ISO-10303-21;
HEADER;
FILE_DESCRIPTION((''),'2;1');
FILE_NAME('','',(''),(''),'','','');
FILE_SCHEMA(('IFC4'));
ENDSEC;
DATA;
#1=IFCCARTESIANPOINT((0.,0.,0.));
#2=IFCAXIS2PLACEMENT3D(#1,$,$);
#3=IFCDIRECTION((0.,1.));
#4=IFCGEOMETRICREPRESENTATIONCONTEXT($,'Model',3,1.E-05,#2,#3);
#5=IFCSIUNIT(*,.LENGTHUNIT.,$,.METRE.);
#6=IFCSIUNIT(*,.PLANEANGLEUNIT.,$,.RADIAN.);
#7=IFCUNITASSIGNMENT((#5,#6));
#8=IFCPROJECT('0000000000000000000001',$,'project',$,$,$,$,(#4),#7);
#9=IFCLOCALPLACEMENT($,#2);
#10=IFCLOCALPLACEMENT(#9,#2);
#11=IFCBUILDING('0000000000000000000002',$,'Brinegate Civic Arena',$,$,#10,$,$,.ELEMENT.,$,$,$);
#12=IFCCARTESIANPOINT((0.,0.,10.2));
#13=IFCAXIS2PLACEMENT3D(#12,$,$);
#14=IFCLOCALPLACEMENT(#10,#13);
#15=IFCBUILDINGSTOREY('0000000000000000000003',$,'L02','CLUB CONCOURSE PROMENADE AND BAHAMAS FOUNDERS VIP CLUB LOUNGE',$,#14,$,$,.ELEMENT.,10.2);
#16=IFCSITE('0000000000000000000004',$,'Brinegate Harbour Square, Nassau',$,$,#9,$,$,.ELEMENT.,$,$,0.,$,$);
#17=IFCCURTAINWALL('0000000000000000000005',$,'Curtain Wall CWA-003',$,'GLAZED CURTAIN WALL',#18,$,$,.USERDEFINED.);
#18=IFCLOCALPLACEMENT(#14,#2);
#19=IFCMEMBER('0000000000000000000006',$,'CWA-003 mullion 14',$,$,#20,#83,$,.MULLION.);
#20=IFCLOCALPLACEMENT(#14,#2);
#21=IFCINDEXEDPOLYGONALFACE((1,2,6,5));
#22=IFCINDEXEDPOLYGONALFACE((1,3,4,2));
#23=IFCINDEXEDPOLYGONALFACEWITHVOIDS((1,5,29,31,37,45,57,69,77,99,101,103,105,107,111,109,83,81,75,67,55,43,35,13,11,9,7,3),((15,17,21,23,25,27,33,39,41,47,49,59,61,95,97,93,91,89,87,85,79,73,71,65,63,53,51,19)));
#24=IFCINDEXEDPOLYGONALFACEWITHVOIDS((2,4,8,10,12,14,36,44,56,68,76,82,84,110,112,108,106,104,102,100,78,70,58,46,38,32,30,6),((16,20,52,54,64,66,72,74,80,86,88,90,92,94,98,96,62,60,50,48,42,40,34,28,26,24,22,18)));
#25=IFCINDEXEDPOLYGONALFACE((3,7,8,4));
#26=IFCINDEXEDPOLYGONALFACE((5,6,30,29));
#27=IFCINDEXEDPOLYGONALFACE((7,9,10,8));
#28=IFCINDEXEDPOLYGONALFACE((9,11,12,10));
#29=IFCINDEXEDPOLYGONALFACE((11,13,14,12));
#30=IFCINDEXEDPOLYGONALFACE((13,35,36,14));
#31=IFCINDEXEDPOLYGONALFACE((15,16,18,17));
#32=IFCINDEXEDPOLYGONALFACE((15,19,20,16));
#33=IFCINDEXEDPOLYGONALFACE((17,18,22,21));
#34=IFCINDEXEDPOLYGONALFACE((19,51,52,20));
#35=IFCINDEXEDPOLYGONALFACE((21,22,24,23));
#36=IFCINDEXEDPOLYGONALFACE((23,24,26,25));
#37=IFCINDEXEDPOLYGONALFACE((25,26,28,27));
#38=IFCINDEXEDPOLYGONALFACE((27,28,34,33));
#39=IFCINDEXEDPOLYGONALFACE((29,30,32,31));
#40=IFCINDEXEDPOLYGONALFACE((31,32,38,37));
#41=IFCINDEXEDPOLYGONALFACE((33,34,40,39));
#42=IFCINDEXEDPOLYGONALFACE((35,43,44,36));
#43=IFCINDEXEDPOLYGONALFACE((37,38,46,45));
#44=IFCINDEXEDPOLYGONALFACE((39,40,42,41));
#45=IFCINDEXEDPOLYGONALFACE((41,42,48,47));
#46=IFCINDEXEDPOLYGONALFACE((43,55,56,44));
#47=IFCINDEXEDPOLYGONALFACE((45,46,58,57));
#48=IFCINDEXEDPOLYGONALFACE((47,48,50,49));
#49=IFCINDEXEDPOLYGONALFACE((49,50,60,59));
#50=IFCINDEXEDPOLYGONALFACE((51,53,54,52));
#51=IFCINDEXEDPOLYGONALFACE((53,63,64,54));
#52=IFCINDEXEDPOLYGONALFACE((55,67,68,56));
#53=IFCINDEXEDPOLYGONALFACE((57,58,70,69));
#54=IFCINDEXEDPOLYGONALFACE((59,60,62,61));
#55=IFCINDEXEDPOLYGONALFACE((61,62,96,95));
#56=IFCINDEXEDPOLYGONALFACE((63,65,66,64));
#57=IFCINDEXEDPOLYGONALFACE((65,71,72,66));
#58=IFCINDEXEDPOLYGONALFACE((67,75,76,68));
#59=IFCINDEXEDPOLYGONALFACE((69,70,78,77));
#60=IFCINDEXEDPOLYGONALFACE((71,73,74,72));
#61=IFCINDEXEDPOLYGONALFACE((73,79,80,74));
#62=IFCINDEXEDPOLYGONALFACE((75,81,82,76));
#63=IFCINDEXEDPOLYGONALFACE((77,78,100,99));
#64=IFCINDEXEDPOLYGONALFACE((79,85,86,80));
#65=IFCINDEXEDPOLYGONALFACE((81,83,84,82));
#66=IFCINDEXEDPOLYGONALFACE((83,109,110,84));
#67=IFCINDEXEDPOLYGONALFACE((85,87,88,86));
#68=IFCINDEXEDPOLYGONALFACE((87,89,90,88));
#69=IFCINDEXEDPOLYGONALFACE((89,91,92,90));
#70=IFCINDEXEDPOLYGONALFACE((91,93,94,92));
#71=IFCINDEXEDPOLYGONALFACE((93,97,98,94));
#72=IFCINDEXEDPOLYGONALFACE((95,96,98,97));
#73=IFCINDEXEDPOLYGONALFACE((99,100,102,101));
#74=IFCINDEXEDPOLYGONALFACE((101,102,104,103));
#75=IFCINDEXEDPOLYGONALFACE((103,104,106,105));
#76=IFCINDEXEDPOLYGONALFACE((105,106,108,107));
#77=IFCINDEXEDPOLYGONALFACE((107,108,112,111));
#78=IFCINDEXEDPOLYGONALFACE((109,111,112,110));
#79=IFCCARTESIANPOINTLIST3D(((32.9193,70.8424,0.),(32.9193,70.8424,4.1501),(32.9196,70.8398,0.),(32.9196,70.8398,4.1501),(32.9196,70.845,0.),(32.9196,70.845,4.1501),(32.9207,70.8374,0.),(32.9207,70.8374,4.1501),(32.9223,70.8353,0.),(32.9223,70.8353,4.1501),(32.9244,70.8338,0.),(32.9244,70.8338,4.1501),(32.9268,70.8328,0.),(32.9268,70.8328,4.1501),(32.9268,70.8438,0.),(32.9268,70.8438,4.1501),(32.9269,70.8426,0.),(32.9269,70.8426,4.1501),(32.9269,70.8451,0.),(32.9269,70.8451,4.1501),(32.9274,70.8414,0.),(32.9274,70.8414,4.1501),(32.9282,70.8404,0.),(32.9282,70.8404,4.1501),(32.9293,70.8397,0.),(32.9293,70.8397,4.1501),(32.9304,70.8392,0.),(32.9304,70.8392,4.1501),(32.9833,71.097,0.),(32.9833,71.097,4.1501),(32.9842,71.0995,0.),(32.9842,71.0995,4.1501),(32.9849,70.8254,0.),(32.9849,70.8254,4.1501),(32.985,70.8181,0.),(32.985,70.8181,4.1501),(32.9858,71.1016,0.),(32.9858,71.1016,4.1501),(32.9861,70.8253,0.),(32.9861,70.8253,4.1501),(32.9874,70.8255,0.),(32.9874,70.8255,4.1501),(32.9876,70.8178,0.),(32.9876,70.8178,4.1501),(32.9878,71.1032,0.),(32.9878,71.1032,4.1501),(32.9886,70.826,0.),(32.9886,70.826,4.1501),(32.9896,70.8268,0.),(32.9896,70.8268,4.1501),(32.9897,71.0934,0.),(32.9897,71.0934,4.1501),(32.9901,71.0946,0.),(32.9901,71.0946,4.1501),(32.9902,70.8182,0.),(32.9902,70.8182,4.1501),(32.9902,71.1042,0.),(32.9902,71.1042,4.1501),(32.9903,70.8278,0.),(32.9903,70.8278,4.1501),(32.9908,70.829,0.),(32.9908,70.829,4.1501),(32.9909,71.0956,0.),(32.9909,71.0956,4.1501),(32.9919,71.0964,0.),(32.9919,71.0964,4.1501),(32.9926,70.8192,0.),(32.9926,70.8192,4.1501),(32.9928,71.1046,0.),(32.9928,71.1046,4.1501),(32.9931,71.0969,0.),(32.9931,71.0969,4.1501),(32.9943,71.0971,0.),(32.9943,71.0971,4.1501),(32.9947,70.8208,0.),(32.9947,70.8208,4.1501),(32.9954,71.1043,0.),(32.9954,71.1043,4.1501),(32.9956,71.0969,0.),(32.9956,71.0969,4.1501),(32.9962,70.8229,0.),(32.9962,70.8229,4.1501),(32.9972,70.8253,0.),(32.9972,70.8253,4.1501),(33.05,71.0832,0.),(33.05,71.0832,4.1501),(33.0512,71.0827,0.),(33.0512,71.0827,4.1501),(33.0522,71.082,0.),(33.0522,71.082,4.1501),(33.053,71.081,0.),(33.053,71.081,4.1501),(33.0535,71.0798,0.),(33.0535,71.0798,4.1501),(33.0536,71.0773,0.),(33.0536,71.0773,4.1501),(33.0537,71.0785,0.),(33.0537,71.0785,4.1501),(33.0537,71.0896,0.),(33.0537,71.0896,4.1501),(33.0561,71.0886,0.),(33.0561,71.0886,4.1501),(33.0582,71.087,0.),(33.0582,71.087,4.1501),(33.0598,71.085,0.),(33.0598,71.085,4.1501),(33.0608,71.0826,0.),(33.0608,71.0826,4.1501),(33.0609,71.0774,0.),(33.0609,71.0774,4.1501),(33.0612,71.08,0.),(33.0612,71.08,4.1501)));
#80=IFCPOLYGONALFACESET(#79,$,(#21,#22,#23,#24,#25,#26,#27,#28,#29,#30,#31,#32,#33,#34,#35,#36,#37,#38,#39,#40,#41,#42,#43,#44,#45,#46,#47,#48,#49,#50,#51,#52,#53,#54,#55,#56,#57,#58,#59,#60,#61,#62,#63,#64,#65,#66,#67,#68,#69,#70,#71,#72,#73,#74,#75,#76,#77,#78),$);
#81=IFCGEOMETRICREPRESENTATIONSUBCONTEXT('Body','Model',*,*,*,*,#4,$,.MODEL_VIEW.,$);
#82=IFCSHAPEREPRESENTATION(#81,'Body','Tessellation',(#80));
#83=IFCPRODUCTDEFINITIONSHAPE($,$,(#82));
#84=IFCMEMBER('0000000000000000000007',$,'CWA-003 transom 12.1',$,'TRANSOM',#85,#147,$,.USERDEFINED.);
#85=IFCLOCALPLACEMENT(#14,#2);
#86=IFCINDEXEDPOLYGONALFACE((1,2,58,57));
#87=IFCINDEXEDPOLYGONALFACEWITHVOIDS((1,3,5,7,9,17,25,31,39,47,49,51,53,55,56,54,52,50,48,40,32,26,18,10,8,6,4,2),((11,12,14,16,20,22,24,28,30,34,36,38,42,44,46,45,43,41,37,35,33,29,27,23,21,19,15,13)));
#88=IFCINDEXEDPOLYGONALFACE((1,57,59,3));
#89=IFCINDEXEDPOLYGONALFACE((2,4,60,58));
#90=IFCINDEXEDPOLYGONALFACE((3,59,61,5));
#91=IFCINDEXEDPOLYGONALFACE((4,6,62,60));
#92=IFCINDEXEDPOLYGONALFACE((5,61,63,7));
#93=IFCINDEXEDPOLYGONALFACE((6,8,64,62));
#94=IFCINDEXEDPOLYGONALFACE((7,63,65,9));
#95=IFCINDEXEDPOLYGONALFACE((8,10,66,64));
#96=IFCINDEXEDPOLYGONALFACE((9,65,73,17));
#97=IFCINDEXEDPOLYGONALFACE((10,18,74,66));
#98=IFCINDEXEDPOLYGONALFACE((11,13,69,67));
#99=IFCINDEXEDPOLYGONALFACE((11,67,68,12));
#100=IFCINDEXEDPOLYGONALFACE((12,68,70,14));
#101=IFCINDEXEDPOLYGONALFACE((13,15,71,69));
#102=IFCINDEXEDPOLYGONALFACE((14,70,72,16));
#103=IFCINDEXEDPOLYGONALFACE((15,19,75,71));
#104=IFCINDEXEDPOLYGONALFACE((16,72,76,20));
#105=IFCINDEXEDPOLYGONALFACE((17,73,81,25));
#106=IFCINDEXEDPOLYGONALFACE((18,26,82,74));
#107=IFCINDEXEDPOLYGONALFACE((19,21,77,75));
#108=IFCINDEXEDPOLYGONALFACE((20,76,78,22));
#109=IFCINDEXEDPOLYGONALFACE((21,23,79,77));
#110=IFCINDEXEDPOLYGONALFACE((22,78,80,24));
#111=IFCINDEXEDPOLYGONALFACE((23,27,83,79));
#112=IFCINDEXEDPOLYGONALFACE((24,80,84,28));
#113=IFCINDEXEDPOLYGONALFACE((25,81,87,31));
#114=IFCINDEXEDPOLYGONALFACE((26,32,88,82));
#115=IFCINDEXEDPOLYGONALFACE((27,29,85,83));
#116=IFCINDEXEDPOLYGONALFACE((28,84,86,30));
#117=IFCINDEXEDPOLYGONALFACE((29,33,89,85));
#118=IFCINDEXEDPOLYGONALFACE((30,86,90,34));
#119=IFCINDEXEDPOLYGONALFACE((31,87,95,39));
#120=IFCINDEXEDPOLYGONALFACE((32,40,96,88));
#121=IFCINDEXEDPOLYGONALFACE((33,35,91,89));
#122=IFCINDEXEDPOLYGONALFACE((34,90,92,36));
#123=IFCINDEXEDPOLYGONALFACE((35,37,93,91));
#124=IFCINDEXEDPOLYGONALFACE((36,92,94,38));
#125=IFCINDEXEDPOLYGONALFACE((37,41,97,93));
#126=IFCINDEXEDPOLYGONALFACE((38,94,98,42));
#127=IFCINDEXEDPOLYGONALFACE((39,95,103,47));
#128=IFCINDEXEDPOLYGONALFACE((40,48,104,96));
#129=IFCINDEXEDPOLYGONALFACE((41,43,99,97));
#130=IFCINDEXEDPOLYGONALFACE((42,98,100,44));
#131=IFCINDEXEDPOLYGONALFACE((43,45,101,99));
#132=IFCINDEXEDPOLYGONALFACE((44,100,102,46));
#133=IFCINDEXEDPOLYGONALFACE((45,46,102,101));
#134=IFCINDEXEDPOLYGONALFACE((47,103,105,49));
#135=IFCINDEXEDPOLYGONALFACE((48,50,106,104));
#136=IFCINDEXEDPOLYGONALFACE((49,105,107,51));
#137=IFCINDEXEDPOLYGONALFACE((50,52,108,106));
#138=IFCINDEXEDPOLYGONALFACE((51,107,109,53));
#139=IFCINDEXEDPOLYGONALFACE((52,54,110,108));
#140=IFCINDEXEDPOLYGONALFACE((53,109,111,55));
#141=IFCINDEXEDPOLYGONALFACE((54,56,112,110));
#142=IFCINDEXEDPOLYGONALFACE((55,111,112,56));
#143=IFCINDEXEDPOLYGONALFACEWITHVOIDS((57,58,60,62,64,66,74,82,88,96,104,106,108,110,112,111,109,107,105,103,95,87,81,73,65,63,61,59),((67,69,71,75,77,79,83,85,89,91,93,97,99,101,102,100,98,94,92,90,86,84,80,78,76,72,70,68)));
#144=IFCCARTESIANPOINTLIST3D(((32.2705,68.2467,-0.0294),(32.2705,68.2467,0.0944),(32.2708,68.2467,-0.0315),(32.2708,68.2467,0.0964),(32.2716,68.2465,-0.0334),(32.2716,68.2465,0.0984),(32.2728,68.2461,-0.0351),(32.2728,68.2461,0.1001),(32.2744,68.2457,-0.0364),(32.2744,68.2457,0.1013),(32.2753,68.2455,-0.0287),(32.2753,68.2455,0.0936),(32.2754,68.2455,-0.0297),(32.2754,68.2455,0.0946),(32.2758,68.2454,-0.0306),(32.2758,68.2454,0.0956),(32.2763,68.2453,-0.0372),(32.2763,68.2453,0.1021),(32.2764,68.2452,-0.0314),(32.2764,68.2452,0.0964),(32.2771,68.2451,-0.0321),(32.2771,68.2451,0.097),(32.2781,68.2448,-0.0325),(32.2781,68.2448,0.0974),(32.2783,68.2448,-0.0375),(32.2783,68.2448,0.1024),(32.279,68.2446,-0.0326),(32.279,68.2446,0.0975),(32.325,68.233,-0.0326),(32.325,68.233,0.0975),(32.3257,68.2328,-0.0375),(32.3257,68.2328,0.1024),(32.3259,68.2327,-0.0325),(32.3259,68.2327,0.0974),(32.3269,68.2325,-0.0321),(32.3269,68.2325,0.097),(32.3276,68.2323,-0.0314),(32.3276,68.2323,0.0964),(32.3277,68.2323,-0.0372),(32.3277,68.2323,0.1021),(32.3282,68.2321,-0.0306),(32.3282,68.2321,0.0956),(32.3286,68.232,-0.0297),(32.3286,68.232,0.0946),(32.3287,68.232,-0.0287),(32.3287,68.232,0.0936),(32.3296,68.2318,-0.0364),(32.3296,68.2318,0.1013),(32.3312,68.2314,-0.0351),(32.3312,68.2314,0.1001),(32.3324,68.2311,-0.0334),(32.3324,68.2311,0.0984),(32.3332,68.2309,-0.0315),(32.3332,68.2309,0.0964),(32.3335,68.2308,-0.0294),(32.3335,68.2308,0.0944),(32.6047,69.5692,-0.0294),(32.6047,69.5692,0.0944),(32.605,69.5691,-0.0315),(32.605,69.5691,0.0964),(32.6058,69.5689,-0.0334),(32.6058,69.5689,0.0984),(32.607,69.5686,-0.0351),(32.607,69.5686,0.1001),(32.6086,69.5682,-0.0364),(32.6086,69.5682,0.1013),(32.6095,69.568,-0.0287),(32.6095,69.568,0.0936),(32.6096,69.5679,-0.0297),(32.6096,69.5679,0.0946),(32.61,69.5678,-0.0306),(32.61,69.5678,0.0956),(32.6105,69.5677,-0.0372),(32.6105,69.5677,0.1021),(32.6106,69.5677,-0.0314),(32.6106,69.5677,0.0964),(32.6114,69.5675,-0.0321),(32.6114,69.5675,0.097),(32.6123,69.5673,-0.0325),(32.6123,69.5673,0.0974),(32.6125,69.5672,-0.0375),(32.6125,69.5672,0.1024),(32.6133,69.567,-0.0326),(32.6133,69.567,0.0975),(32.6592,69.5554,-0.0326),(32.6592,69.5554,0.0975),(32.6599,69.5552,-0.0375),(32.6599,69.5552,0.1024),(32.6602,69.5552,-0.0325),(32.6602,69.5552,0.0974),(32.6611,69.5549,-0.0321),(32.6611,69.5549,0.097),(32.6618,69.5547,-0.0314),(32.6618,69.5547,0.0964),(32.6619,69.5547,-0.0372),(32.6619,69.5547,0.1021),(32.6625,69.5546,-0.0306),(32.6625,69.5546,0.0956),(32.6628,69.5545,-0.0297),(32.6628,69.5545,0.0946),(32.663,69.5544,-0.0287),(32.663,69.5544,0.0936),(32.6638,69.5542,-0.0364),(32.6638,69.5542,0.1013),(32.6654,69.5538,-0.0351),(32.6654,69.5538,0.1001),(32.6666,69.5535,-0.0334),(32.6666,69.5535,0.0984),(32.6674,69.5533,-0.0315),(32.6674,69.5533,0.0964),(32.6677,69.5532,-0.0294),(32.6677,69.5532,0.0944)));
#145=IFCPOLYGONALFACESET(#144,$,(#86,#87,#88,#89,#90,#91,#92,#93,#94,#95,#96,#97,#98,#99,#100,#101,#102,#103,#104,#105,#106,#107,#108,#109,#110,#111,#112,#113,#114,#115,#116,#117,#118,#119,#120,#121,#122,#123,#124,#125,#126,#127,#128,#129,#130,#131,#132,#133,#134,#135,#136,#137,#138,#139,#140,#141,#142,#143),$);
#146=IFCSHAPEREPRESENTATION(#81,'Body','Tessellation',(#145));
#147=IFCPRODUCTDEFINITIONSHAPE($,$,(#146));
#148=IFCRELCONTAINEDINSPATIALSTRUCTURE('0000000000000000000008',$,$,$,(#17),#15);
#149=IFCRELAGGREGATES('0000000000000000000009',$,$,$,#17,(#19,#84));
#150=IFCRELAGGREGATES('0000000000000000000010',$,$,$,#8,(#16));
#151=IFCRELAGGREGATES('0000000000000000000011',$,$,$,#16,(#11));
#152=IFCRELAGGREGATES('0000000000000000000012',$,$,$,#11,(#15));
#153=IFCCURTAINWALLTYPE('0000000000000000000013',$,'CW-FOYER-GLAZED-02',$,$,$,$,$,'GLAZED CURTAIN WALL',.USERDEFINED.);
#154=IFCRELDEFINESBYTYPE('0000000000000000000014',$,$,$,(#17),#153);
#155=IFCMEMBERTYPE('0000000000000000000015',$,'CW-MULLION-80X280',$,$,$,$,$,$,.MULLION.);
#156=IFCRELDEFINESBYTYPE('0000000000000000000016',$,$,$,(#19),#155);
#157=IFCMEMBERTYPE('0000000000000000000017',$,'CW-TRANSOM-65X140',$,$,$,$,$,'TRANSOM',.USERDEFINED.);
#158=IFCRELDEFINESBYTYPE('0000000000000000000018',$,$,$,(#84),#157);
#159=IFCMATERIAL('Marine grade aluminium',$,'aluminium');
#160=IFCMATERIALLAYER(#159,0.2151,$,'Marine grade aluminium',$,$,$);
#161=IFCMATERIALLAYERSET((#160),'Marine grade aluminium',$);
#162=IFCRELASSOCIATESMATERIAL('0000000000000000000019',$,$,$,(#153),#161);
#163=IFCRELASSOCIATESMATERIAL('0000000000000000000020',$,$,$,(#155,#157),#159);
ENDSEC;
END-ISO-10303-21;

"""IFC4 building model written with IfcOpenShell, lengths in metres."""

from ifc_helpers import new_model, si_unit, direction, frame, origin, origin_2d, place, context, subcontext, project, spatial, hollow_rectangle, extrude, material, layer, layer_set, material_profile, profile_set, type_object, element, aggregate, save


model = new_model("IFC4")

# Units and contexts
model_context = context("Model", 3, precision=1e-05, world=origin(), true_north=direction((0.0, 1.0)))
body_context = subcontext(model_context, "Body", "Model", "MODEL_VIEW")
ifc_project = project(units=[si_unit("LENGTHUNIT", "METRE"), si_unit("PLANEANGLEUNIT", "RADIAN")], contexts=[model_context])

# Site, building, storey
site_placement = place(None, origin())
site = spatial("IfcSite", under=ifc_project, at=site_placement, Name="Brinegate Harbour Square, Nassau", CompositionType="ELEMENT", RefElevation=0.0)
building_placement = place(site_placement, origin())
building = spatial("IfcBuilding", under=site, at=building_placement, Name="Brinegate Civic Arena", CompositionType="ELEMENT")
storey_placement = place(building_placement, frame((0.0, 0.0, 10.2)))
storey = spatial("IfcBuildingStorey", under=building, at=storey_placement, Name="L02", Description="CLUB CONCOURSE PROMENADE AND BAHAMAS FOUNDERS VIP CLUB LOUNGE", CompositionType="ELEMENT", Elevation=10.2)

# Shared definitions
ifc_material_1 = material(Name="Marine grade aluminium", Category="aluminium")
ifc_layer_1 = layer(ifc_material_1, 0.2151, Name="Marine grade aluminium")
ifc_layer_set_1 = layer_set([ifc_layer_1], Name="Marine grade aluminium")
curtain_wall_type_1 = type_object("IfcCurtainWallType", Name="CW-FOYER-GLAZED-02", ElementType="GLAZED CURTAIN WALL", PredefinedType="USERDEFINED", material=ifc_layer_set_1)

# Curtain wall, members
curtain_wall_1_placement = place(storey_placement, origin())
curtain_wall_1 = element("IfcCurtainWall", 1, at=curtain_wall_1_placement, inside=storey, type_object=curtain_wall_type_1, Name="Curtain Wall CWA-003", ObjectType="GLAZED CURTAIN WALL", PredefinedType="USERDEFINED")
ifc_material_profile_1 = material_profile(ifc_material_1, hollow_rectangle(XDim=0.0801, YDim=0.28, WallThickness=0.0071, InnerFilletRadius=0.0049, OuterFilletRadius=0.01, at=origin_2d()), Name="MUL80X280")
ifc_profile_set_1 = profile_set([ifc_material_profile_1], Name="Marine grade aluminium")
member_type_1 = type_object("IfcMemberType", Name="CW-MULLION-80X280", PredefinedType="MULLION", material=ifc_profile_set_1)
member_1_placement = place(storey_placement, frame((32.9902, 70.9612, 0.0), z_axis=(0.0, 0.0, 1.0), x_axis=(-0.969513, 0.245042, 0.0)))
member_1 = element("IfcMember", 2, at=member_1_placement, type_object=member_type_1, Name="CWA-003 mullion 14", PredefinedType="MULLION", context=body_context, shape_type="SweptSolid", body=[
    extrude(hollow_rectangle(XDim=0.0801, YDim=0.28, WallThickness=0.0071, InnerFilletRadius=0.0049, OuterFilletRadius=0.01, at=origin_2d()), origin(), (0.0, 0.0, 1.0), 4.1501),
])
ifc_material_profile_2 = material_profile(ifc_material_1, hollow_rectangle(XDim=0.0649, YDim=0.1399, WallThickness=0.0049, InnerFilletRadius=0.0039, OuterFilletRadius=0.0081, at=origin_2d()), Name="TRN65X140")
ifc_profile_set_2 = profile_set([ifc_material_profile_2], Name="Marine grade aluminium")
member_type_2 = type_object("IfcMemberType", Name="CW-TRANSOM-65X140", ElementType="TRANSOM", PredefinedType="USERDEFINED", material=ifc_profile_set_2)
member_2_placement = place(storey_placement, frame((32.302, 68.2388, 0.0325), z_axis=(0.245019, 0.969518, 0.0), x_axis=(-0.969518, 0.245019, 0.0)))
member_2 = element("IfcMember", 3, at=member_2_placement, type_object=member_type_2, Name="CWA-003 transom 12.1", ObjectType="TRANSOM", PredefinedType="USERDEFINED", context=body_context, shape_type="SweptSolid", body=[
    extrude(hollow_rectangle(XDim=0.0649, YDim=0.1399, WallThickness=0.0049, InnerFilletRadius=0.0039, OuterFilletRadius=0.0081, at=origin_2d()), origin(), (0.0, 0.0, 1.0), 1.364),
])

aggregate(curtain_wall_1, [member_1, member_2])

save(model, "model.ifc")
